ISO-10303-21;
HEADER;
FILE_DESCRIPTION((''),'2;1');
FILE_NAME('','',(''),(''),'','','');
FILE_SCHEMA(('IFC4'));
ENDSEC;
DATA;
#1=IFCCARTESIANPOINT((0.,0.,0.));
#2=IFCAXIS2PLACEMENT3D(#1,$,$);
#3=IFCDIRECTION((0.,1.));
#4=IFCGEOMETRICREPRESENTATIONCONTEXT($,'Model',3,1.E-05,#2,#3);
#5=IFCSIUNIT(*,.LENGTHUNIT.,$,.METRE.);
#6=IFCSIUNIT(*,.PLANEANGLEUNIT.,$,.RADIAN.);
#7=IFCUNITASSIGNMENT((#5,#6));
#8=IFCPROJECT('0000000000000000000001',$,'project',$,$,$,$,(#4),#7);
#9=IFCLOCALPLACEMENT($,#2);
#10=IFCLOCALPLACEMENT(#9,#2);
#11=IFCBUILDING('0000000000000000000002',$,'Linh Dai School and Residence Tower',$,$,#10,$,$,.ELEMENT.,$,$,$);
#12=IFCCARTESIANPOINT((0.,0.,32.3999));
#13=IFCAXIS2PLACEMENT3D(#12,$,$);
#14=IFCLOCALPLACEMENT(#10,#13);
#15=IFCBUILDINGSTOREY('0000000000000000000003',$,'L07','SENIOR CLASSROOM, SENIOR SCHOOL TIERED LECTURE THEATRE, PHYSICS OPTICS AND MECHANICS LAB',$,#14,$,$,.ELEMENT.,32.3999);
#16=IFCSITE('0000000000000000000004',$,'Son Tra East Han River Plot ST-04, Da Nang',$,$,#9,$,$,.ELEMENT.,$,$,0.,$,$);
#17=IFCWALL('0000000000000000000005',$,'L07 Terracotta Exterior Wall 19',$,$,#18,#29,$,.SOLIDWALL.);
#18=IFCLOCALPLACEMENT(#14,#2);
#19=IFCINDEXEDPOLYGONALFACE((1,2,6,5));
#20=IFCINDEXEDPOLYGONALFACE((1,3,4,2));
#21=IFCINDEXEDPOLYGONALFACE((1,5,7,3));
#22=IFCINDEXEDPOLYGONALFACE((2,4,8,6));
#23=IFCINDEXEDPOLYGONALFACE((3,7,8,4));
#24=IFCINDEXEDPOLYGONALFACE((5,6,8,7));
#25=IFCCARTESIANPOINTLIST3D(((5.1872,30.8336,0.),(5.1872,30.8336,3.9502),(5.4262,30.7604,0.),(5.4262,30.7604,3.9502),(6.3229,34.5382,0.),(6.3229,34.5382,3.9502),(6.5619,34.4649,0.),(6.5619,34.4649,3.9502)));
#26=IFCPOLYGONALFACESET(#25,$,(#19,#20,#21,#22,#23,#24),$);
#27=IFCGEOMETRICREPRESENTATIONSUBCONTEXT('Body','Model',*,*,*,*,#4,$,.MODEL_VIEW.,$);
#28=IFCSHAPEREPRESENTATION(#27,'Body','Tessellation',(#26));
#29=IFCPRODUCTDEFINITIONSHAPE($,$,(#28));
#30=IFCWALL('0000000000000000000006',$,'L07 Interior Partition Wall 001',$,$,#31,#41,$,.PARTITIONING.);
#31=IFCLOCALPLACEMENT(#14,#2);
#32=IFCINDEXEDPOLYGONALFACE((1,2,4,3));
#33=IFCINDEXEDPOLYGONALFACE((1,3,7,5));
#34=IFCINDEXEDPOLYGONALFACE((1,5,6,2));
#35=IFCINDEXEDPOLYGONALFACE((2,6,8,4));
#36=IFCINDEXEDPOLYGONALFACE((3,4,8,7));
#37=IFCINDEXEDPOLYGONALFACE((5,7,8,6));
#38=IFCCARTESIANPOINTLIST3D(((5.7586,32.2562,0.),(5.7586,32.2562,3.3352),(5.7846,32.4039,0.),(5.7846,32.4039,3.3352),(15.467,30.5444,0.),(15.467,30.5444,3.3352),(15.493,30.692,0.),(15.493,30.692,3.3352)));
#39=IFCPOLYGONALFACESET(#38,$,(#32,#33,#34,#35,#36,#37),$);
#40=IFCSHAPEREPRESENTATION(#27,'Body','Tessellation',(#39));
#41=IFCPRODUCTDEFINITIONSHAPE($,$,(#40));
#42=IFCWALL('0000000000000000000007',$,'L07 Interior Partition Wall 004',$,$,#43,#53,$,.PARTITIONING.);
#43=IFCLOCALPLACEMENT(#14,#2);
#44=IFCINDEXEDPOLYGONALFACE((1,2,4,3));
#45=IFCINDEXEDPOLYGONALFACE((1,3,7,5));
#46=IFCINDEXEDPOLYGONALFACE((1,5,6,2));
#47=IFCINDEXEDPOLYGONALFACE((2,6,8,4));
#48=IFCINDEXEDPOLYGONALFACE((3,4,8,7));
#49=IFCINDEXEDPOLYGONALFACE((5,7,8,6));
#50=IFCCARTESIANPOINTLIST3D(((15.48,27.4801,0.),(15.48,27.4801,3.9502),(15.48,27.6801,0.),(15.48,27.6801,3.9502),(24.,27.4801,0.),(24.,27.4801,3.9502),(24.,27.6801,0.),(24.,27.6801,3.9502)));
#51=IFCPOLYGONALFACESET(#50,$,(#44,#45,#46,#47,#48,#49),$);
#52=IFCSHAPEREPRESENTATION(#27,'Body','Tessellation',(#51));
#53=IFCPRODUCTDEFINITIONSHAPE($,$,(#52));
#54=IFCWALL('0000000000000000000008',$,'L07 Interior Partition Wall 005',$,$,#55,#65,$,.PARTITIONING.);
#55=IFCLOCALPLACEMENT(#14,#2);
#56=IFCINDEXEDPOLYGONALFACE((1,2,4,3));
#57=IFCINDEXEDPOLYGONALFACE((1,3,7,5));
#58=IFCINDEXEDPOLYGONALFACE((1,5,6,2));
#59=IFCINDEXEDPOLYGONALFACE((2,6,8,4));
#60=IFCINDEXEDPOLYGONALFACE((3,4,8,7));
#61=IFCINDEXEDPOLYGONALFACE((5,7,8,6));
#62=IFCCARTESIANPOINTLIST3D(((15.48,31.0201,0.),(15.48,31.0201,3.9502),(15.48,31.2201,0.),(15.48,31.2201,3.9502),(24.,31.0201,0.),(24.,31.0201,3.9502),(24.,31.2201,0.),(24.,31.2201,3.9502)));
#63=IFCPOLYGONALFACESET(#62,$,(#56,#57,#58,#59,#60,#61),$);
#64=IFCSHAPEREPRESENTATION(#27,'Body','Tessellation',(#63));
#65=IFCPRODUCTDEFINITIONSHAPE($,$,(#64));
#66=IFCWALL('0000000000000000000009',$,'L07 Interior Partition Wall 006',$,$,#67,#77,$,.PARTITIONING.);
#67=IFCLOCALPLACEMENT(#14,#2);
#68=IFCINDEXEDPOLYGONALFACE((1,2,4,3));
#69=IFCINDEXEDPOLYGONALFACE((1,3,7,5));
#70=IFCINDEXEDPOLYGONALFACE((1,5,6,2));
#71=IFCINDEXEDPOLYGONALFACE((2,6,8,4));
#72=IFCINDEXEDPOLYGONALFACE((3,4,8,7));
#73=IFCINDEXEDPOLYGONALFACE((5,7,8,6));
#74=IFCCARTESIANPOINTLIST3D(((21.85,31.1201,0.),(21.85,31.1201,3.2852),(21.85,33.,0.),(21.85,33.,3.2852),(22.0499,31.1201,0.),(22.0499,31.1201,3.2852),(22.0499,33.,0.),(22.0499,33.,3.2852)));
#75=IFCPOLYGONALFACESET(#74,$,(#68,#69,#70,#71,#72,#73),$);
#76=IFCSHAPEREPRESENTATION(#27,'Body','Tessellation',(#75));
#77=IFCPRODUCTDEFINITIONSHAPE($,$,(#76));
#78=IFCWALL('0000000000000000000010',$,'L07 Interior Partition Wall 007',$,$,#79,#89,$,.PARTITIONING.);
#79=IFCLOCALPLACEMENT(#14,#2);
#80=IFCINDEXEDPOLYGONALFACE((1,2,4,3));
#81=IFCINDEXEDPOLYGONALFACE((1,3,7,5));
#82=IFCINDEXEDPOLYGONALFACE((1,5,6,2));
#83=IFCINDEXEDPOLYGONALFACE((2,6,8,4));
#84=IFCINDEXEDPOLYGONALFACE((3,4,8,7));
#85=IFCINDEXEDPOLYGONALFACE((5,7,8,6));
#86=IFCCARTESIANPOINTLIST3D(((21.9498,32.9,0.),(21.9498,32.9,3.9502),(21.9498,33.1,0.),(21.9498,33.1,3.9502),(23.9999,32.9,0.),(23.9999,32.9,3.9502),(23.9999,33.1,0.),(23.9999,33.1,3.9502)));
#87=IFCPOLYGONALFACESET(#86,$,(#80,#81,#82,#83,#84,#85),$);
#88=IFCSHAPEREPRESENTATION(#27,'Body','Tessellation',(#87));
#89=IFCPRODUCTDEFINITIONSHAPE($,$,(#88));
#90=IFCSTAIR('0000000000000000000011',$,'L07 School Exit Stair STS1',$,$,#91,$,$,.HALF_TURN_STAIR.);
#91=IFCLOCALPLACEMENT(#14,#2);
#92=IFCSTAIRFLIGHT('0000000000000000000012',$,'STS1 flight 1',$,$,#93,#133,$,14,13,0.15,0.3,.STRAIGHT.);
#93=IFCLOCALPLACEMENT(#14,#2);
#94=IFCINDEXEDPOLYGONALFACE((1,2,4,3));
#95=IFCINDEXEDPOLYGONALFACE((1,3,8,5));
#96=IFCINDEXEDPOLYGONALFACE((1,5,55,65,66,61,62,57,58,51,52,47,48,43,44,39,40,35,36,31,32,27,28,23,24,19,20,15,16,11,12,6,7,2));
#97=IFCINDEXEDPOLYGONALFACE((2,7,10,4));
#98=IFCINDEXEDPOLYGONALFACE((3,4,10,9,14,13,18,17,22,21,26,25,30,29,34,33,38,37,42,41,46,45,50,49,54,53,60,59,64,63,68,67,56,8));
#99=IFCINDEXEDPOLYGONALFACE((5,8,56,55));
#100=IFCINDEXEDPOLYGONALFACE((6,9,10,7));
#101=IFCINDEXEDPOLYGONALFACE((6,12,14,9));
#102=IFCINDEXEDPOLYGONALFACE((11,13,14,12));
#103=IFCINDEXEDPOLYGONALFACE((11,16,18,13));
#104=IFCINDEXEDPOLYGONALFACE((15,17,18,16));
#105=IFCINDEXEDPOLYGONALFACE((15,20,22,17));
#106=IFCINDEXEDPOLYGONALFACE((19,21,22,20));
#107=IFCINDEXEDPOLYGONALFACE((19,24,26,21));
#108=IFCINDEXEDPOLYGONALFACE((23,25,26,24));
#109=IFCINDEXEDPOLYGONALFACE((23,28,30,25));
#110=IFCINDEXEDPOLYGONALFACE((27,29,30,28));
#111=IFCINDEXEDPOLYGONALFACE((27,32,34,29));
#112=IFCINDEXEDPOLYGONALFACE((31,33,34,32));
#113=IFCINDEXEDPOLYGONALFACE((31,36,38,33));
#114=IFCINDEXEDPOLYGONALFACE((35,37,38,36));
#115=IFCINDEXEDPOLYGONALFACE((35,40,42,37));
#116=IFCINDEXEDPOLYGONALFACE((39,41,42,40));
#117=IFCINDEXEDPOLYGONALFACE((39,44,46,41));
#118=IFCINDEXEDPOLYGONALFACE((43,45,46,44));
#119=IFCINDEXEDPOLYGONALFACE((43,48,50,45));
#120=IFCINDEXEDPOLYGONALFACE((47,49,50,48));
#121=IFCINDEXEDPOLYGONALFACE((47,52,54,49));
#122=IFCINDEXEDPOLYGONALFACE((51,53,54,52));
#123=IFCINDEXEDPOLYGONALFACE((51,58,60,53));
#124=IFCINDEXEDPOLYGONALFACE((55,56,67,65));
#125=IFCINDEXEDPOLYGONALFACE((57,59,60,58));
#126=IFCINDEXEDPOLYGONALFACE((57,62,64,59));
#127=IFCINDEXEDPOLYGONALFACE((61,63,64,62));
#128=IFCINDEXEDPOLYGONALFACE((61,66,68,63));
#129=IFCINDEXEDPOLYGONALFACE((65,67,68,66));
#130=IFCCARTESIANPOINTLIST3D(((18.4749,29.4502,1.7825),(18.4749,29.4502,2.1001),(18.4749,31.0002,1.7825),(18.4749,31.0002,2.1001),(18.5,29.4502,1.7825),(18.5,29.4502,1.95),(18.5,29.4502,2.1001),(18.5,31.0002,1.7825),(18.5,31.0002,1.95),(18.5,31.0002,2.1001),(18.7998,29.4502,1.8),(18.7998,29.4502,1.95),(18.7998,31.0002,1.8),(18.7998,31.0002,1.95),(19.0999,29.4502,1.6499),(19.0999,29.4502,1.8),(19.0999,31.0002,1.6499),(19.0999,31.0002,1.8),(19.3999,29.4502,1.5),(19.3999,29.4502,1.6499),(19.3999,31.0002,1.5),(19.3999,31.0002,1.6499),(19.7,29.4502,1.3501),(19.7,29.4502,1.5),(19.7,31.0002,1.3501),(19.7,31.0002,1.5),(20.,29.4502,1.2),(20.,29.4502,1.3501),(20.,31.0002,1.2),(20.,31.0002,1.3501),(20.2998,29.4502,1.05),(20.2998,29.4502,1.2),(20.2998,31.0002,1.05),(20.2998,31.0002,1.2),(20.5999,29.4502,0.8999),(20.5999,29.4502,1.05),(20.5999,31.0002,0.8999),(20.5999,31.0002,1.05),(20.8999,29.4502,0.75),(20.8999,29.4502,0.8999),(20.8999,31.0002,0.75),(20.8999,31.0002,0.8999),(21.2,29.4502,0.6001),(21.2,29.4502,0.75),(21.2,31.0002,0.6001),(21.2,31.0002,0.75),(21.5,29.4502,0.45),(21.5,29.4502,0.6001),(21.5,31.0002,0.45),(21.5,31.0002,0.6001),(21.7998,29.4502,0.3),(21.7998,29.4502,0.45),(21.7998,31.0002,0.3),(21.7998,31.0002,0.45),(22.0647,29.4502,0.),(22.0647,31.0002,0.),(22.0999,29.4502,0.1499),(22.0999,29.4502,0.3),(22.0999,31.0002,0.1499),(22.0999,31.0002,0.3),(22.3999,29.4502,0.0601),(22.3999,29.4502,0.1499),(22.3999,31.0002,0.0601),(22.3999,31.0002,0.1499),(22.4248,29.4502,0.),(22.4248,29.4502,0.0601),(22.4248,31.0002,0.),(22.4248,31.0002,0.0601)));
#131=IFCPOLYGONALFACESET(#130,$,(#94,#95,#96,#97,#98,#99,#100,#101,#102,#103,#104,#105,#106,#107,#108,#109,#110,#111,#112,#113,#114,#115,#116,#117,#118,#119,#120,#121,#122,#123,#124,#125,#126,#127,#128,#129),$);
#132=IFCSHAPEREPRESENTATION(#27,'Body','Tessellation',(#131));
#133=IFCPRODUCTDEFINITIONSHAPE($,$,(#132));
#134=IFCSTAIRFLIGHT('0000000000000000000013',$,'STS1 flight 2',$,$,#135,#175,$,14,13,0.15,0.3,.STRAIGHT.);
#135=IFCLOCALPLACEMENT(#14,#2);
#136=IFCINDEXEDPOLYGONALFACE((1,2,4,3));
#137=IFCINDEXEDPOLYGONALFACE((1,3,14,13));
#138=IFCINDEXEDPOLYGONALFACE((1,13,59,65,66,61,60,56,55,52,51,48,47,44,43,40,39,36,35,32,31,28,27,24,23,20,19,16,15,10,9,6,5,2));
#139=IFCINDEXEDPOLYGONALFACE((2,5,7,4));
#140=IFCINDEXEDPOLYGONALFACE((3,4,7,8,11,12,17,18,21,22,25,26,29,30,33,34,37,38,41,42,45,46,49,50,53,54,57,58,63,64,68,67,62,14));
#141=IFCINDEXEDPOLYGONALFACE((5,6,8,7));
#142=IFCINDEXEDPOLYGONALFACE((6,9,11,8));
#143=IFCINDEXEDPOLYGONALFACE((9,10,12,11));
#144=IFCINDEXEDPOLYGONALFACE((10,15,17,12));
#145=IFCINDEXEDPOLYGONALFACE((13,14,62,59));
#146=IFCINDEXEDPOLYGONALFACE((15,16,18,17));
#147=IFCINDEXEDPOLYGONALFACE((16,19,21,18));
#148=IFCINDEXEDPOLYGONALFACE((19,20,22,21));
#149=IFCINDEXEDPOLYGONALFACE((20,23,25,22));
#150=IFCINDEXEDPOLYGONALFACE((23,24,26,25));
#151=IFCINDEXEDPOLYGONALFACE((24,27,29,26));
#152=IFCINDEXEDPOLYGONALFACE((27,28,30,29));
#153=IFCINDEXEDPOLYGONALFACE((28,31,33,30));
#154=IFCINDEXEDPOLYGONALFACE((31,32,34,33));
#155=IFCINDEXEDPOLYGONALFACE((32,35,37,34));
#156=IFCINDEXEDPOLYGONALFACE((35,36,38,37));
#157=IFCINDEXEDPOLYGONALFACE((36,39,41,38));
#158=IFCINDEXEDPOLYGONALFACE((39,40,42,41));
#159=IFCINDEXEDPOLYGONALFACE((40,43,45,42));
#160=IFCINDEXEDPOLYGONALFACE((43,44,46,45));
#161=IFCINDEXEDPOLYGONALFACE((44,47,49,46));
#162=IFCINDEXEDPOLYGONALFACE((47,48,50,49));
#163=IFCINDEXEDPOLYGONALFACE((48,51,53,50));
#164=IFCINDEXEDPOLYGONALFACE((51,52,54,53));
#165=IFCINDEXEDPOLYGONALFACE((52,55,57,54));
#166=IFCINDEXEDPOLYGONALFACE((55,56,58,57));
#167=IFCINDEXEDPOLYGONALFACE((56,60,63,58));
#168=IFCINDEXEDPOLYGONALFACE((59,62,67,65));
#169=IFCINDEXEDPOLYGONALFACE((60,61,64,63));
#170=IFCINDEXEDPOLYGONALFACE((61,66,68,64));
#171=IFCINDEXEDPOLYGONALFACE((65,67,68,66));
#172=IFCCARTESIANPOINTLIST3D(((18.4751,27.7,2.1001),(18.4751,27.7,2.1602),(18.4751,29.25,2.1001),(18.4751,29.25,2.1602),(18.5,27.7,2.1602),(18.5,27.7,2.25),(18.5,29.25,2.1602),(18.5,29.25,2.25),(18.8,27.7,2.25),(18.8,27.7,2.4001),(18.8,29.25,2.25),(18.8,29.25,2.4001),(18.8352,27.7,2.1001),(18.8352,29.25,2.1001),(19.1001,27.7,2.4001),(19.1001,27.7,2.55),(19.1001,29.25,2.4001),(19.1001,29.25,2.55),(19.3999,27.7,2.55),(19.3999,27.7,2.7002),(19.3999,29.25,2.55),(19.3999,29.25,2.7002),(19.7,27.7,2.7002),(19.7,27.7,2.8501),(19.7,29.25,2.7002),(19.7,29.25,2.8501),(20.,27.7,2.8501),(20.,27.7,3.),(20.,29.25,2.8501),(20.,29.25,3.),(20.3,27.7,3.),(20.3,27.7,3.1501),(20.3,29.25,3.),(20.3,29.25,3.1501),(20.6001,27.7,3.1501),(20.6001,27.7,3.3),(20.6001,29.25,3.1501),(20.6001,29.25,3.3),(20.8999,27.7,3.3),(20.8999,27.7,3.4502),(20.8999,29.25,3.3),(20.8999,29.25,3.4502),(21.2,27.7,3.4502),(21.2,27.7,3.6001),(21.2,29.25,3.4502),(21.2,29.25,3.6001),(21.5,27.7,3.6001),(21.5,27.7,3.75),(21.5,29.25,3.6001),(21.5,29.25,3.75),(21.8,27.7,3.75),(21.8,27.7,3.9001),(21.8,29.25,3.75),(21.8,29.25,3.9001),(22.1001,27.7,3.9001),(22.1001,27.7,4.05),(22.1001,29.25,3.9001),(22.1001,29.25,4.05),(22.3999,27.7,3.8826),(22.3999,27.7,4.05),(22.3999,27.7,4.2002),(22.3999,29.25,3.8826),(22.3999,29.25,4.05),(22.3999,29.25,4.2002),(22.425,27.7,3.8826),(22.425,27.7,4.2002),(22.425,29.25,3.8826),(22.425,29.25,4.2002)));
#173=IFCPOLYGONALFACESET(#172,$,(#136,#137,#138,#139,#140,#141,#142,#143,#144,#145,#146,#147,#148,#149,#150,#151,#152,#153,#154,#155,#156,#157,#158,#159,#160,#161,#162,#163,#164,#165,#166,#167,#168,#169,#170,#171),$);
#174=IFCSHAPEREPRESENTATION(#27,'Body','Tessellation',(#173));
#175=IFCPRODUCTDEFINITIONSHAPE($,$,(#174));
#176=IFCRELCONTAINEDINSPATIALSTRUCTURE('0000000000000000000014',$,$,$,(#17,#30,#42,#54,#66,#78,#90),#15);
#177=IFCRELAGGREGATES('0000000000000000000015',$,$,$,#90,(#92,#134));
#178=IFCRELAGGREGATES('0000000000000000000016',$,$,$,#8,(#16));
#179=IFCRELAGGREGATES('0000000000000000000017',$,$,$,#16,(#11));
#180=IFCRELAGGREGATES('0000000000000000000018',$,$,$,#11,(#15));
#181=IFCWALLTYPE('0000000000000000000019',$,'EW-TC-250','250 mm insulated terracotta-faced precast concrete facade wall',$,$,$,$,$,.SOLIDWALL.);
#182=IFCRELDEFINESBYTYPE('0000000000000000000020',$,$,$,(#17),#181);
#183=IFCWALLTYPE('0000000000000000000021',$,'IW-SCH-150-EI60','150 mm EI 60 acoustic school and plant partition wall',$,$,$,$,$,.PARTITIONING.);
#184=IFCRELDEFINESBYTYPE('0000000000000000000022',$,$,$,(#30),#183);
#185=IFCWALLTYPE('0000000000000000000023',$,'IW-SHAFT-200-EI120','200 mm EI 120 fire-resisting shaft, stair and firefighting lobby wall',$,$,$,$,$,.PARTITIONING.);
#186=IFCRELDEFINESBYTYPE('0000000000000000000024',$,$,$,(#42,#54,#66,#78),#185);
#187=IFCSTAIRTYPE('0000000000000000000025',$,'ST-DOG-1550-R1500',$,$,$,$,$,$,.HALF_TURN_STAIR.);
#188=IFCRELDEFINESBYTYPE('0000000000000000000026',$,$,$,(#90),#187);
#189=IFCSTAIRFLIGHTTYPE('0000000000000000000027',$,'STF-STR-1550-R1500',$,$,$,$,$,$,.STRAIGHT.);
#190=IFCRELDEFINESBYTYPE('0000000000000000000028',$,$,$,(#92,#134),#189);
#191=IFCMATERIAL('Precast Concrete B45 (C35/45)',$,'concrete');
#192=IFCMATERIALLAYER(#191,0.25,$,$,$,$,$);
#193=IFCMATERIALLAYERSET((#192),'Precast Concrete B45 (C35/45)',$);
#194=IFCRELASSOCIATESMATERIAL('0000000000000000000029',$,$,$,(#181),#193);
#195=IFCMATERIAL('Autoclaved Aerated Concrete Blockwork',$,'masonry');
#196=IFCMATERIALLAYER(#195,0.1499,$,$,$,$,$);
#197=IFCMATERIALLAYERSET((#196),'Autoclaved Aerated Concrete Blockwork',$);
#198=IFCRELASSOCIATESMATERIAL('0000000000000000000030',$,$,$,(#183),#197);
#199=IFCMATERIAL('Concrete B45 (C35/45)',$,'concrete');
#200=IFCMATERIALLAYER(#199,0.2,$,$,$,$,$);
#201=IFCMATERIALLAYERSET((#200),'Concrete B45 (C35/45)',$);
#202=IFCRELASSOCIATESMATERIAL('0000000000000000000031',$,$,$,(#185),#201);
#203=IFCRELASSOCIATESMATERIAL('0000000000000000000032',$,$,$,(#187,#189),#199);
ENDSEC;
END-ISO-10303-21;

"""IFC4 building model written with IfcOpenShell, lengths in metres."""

from ifc_helpers import new_model, si_unit, direction, frame, frame_2d, origin, place, context, subcontext, project, spatial, polyline, rectangle, outline, extrude, source, transform, mapped, material, layer, layer_set, type_object, element, aggregate, save


model = new_model("IFC4")

# Units and contexts
model_context = context("Model", 3, precision=1e-05, world=origin(), true_north=direction((0.0, 1.0)))
body_context = subcontext(model_context, "Body", "Model", "MODEL_VIEW")
ifc_project = project(units=[si_unit("LENGTHUNIT", "METRE"), si_unit("PLANEANGLEUNIT", "RADIAN")], contexts=[model_context])

# Site, building, storey
site_placement = place(None, origin())
site = spatial("IfcSite", under=ifc_project, at=site_placement, Name="Son Tra East Han River Plot ST-04, Da Nang", CompositionType="ELEMENT", RefElevation=0.0)
building_placement = place(site_placement, origin())
building = spatial("IfcBuilding", under=site, at=building_placement, Name="Linh Dai School and Residence Tower", CompositionType="ELEMENT")
storey_placement = place(building_placement, frame((0.0, 0.0, 32.3999)))
storey = spatial("IfcBuildingStorey", under=building, at=storey_placement, Name="L07", Description="SENIOR CLASSROOM, SENIOR SCHOOL TIERED LECTURE THEATRE, PHYSICS OPTICS AND MECHANICS LAB", CompositionType="ELEMENT", Elevation=32.3999)

# Walls
ifc_material_1 = material(Name="Precast Concrete B45 (C35/45)", Category="concrete")
ifc_layer_1 = layer(ifc_material_1, 0.25)
ifc_layer_set_1 = layer_set([ifc_layer_1], Name="Precast Concrete B45 (C35/45)")
wall_type_1 = type_object("IfcWallType", Name="EW-TC-250", Description="250 mm insulated terracotta-faced precast concrete facade wall", PredefinedType="SOLIDWALL", material=ifc_layer_set_1)
wall_1_placement = place(storey_placement, frame((5.3066, 30.7969, 0.0), z_axis=(0.0, 0.0, 1.0), x_axis=(0.293112, 0.956078, 0.0)))
element("IfcWall", 1, at=wall_1_placement, inside=storey, type_object=wall_type_1, Name="L07 Terracotta Exterior Wall 19", PredefinedType="SOLIDWALL", context=body_context, shape_type="SweptSolid", body=[
    extrude(rectangle(XDim=3.8748, YDim=0.25, at=frame_2d((1.9375, 0.0))), origin(), (0.0, 0.0, 1.0), 3.9502),
])
ifc_material_2 = material(Name="Autoclaved Aerated Concrete Blockwork", Category="masonry")
ifc_layer_2 = layer(ifc_material_2, 0.1499)
ifc_layer_set_2 = layer_set([ifc_layer_2], Name="Autoclaved Aerated Concrete Blockwork")
wall_type_2 = type_object("IfcWallType", Name="IW-SCH-150-EI60", Description="150 mm EI 60 acoustic school and plant partition wall", PredefinedType="PARTITIONING", material=ifc_layer_set_2)
wall_2_placement = place(storey_placement, frame((5.7715, 32.3301, 0.0), z_axis=(0.0, 0.0, 1.0), x_axis=(0.984807, -0.173653, 0.0)))
element("IfcWall", 2, at=wall_2_placement, inside=storey, type_object=wall_type_2, Name="L07 Interior Partition Wall 001", PredefinedType="PARTITIONING", context=body_context, shape_type="SweptSolid", body=[
    extrude(rectangle(XDim=9.8582, YDim=0.1499, at=frame_2d((4.9292, 0.0))), origin(), (0.0, 0.0, 1.0), 3.3352),
])
ifc_material_3 = material(Name="Concrete B45 (C35/45)", Category="concrete")
ifc_layer_3 = layer(ifc_material_3, 0.2)
ifc_layer_set_3 = layer_set([ifc_layer_3], Name="Concrete B45 (C35/45)")
wall_type_3 = type_object("IfcWallType", Name="IW-SHAFT-200-EI120", Description="200 mm EI 120 fire-resisting shaft, stair and firefighting lobby wall", PredefinedType="PARTITIONING", material=ifc_layer_set_3)
for number, where, z_axis, x_axis, name in (
    (3, (15.48, 27.5801, 0.0), (0.0, 0.0, 1.0), (1.0, 0.0, 0.0), "L07 Interior Partition Wall 004"),
    (4, (15.48, 31.1201, 0.0), (0.0, 0.0, 1.0), (1.0, 0.0, 0.0), "L07 Interior Partition Wall 005"),
):
    element("IfcWall", number, at=place(storey_placement, frame(where, z_axis=z_axis, x_axis=x_axis)), inside=storey, type_object=wall_type_3, Name=name, PredefinedType="PARTITIONING", context=body_context, shape_type="SweptSolid", body=[
        extrude(rectangle(XDim=8.52, YDim=0.2, at=frame_2d((4.26, 0.0))), origin(), (0.0, 0.0, 1.0), 3.9502),
    ])
wall_3_placement = place(storey_placement, frame((21.95, 31.1201, 0.0), z_axis=(0.0, 0.0, 1.0), x_axis=(0.0, 1.0, 0.0)))
element("IfcWall", 5, at=wall_3_placement, inside=storey, type_object=wall_type_3, Name="L07 Interior Partition Wall 006", PredefinedType="PARTITIONING", context=body_context, shape_type="SweptSolid", body=[
    extrude(rectangle(XDim=1.8799, YDim=0.2, at=frame_2d((0.9399, 0.0))), origin(), (0.0, 0.0, 1.0), 3.2852),
])
wall_4_placement = place(storey_placement, frame((21.95, 33.0, 0.0), z_axis=(0.0, 0.0, 1.0), x_axis=(1.0, 0.0, 0.0)))
element("IfcWall", 6, at=wall_4_placement, inside=storey, type_object=wall_type_3, Name="L07 Interior Partition Wall 007", PredefinedType="PARTITIONING", context=body_context, shape_type="SweptSolid", body=[
    extrude(rectangle(XDim=2.05, YDim=0.2, at=frame_2d((1.0249, 0.0))), origin(), (0.0, 0.0, 1.0), 3.9502),
])

# Stair, stair flights
stair_type = type_object("IfcStairType", Name="ST-DOG-1550-R1500", PredefinedType="HALF_TURN_STAIR", material=ifc_material_3)
stair_placement = place(storey_placement, origin())
stair = element("IfcStair", 7, at=stair_placement, inside=storey, type_object=stair_type, Name="L07 School Exit Stair STS1", PredefinedType="HALF_TURN_STAIR")
stair_flight_type = type_object("IfcStairFlightType", Name="STF-STR-1550-R1500", PredefinedType="STRAIGHT", material=ifc_material_3)
shared_shape_1 = source(origin(), body_context, "Body", "SweptSolid", [
    extrude(outline(polyline([(-0.0249, 0.0), (-0.0249, 0.0601), (0.0, 0.0601), (0.0, 0.1499), (0.3, 0.1499), (0.3, 0.3), (0.6001, 0.3), (0.6001, 0.45), (0.8999, 0.45), (0.8999, 0.6001), (1.2, 0.6001), (1.2, 0.75), (1.5, 0.75), (1.5, 0.8999), (1.8, 0.8999), (1.8, 1.05), (2.1001, 1.05), (2.1001, 1.2), (2.3999, 1.2), (2.3999, 1.3501), (2.7, 1.3501), (2.7, 1.5), (3.0, 1.5), (3.0, 1.6499), (3.3, 1.6499), (3.3, 1.8), (3.6001, 1.8), (3.6001, 1.95), (3.8999, 1.95), (3.8999, 2.1001), (3.925, 2.1001), (3.925, 1.7825), (3.8999, 1.7825), (0.3352, 0.0), (-0.0249, 0.0)])), frame((0.0, 0.7749, 0.0), z_axis=(0.0, -1.0, 0.0), x_axis=(1.0, 0.0, 0.0)), (0.0, 0.0, 1.0), 1.55),
])
stair_flight_1_placement = place(storey_placement, frame((22.3999, 30.2251, 0.0), z_axis=(0.0, 0.0, 1.0), x_axis=(-1.0, 0.0, 0.0)))
stair_flight_1 = element("IfcStairFlight", 8, at=stair_flight_1_placement, type_object=stair_flight_type, Name="STS1 flight 1", NumberOfRisers=14, NumberOfTreads=13, PredefinedType="STRAIGHT", RiserHeight=0.15, TreadLength=0.3, context=body_context, shape_type="MappedRepresentation", body=[
    mapped(shared_shape_1, transform((0.0, 0.0, 0.0), x_axis=(1.0, 0.0, 0.0), y_axis=(0.0, 1.0, 0.0), z_axis=(0.0, 0.0, 1.0), scale=1.0)),
])
stair_flight_2_placement = place(storey_placement, frame((18.5, 28.4751, 2.1001), z_axis=(0.0, 0.0, 1.0), x_axis=(1.0, 0.0, 0.0)))
stair_flight_2 = element("IfcStairFlight", 9, at=stair_flight_2_placement, type_object=stair_flight_type, Name="STS1 flight 2", NumberOfRisers=14, NumberOfTreads=13, PredefinedType="STRAIGHT", RiserHeight=0.15, TreadLength=0.3, context=body_context, shape_type="MappedRepresentation", body=[
    mapped(shared_shape_1, transform((0.0, 0.0, 0.0), x_axis=(1.0, 0.0, 0.0), y_axis=(0.0, 1.0, 0.0), z_axis=(0.0, 0.0, 1.0), scale=1.0)),
])
aggregate(stair, [stair_flight_1, stair_flight_2])

save(model, "model.ifc")
